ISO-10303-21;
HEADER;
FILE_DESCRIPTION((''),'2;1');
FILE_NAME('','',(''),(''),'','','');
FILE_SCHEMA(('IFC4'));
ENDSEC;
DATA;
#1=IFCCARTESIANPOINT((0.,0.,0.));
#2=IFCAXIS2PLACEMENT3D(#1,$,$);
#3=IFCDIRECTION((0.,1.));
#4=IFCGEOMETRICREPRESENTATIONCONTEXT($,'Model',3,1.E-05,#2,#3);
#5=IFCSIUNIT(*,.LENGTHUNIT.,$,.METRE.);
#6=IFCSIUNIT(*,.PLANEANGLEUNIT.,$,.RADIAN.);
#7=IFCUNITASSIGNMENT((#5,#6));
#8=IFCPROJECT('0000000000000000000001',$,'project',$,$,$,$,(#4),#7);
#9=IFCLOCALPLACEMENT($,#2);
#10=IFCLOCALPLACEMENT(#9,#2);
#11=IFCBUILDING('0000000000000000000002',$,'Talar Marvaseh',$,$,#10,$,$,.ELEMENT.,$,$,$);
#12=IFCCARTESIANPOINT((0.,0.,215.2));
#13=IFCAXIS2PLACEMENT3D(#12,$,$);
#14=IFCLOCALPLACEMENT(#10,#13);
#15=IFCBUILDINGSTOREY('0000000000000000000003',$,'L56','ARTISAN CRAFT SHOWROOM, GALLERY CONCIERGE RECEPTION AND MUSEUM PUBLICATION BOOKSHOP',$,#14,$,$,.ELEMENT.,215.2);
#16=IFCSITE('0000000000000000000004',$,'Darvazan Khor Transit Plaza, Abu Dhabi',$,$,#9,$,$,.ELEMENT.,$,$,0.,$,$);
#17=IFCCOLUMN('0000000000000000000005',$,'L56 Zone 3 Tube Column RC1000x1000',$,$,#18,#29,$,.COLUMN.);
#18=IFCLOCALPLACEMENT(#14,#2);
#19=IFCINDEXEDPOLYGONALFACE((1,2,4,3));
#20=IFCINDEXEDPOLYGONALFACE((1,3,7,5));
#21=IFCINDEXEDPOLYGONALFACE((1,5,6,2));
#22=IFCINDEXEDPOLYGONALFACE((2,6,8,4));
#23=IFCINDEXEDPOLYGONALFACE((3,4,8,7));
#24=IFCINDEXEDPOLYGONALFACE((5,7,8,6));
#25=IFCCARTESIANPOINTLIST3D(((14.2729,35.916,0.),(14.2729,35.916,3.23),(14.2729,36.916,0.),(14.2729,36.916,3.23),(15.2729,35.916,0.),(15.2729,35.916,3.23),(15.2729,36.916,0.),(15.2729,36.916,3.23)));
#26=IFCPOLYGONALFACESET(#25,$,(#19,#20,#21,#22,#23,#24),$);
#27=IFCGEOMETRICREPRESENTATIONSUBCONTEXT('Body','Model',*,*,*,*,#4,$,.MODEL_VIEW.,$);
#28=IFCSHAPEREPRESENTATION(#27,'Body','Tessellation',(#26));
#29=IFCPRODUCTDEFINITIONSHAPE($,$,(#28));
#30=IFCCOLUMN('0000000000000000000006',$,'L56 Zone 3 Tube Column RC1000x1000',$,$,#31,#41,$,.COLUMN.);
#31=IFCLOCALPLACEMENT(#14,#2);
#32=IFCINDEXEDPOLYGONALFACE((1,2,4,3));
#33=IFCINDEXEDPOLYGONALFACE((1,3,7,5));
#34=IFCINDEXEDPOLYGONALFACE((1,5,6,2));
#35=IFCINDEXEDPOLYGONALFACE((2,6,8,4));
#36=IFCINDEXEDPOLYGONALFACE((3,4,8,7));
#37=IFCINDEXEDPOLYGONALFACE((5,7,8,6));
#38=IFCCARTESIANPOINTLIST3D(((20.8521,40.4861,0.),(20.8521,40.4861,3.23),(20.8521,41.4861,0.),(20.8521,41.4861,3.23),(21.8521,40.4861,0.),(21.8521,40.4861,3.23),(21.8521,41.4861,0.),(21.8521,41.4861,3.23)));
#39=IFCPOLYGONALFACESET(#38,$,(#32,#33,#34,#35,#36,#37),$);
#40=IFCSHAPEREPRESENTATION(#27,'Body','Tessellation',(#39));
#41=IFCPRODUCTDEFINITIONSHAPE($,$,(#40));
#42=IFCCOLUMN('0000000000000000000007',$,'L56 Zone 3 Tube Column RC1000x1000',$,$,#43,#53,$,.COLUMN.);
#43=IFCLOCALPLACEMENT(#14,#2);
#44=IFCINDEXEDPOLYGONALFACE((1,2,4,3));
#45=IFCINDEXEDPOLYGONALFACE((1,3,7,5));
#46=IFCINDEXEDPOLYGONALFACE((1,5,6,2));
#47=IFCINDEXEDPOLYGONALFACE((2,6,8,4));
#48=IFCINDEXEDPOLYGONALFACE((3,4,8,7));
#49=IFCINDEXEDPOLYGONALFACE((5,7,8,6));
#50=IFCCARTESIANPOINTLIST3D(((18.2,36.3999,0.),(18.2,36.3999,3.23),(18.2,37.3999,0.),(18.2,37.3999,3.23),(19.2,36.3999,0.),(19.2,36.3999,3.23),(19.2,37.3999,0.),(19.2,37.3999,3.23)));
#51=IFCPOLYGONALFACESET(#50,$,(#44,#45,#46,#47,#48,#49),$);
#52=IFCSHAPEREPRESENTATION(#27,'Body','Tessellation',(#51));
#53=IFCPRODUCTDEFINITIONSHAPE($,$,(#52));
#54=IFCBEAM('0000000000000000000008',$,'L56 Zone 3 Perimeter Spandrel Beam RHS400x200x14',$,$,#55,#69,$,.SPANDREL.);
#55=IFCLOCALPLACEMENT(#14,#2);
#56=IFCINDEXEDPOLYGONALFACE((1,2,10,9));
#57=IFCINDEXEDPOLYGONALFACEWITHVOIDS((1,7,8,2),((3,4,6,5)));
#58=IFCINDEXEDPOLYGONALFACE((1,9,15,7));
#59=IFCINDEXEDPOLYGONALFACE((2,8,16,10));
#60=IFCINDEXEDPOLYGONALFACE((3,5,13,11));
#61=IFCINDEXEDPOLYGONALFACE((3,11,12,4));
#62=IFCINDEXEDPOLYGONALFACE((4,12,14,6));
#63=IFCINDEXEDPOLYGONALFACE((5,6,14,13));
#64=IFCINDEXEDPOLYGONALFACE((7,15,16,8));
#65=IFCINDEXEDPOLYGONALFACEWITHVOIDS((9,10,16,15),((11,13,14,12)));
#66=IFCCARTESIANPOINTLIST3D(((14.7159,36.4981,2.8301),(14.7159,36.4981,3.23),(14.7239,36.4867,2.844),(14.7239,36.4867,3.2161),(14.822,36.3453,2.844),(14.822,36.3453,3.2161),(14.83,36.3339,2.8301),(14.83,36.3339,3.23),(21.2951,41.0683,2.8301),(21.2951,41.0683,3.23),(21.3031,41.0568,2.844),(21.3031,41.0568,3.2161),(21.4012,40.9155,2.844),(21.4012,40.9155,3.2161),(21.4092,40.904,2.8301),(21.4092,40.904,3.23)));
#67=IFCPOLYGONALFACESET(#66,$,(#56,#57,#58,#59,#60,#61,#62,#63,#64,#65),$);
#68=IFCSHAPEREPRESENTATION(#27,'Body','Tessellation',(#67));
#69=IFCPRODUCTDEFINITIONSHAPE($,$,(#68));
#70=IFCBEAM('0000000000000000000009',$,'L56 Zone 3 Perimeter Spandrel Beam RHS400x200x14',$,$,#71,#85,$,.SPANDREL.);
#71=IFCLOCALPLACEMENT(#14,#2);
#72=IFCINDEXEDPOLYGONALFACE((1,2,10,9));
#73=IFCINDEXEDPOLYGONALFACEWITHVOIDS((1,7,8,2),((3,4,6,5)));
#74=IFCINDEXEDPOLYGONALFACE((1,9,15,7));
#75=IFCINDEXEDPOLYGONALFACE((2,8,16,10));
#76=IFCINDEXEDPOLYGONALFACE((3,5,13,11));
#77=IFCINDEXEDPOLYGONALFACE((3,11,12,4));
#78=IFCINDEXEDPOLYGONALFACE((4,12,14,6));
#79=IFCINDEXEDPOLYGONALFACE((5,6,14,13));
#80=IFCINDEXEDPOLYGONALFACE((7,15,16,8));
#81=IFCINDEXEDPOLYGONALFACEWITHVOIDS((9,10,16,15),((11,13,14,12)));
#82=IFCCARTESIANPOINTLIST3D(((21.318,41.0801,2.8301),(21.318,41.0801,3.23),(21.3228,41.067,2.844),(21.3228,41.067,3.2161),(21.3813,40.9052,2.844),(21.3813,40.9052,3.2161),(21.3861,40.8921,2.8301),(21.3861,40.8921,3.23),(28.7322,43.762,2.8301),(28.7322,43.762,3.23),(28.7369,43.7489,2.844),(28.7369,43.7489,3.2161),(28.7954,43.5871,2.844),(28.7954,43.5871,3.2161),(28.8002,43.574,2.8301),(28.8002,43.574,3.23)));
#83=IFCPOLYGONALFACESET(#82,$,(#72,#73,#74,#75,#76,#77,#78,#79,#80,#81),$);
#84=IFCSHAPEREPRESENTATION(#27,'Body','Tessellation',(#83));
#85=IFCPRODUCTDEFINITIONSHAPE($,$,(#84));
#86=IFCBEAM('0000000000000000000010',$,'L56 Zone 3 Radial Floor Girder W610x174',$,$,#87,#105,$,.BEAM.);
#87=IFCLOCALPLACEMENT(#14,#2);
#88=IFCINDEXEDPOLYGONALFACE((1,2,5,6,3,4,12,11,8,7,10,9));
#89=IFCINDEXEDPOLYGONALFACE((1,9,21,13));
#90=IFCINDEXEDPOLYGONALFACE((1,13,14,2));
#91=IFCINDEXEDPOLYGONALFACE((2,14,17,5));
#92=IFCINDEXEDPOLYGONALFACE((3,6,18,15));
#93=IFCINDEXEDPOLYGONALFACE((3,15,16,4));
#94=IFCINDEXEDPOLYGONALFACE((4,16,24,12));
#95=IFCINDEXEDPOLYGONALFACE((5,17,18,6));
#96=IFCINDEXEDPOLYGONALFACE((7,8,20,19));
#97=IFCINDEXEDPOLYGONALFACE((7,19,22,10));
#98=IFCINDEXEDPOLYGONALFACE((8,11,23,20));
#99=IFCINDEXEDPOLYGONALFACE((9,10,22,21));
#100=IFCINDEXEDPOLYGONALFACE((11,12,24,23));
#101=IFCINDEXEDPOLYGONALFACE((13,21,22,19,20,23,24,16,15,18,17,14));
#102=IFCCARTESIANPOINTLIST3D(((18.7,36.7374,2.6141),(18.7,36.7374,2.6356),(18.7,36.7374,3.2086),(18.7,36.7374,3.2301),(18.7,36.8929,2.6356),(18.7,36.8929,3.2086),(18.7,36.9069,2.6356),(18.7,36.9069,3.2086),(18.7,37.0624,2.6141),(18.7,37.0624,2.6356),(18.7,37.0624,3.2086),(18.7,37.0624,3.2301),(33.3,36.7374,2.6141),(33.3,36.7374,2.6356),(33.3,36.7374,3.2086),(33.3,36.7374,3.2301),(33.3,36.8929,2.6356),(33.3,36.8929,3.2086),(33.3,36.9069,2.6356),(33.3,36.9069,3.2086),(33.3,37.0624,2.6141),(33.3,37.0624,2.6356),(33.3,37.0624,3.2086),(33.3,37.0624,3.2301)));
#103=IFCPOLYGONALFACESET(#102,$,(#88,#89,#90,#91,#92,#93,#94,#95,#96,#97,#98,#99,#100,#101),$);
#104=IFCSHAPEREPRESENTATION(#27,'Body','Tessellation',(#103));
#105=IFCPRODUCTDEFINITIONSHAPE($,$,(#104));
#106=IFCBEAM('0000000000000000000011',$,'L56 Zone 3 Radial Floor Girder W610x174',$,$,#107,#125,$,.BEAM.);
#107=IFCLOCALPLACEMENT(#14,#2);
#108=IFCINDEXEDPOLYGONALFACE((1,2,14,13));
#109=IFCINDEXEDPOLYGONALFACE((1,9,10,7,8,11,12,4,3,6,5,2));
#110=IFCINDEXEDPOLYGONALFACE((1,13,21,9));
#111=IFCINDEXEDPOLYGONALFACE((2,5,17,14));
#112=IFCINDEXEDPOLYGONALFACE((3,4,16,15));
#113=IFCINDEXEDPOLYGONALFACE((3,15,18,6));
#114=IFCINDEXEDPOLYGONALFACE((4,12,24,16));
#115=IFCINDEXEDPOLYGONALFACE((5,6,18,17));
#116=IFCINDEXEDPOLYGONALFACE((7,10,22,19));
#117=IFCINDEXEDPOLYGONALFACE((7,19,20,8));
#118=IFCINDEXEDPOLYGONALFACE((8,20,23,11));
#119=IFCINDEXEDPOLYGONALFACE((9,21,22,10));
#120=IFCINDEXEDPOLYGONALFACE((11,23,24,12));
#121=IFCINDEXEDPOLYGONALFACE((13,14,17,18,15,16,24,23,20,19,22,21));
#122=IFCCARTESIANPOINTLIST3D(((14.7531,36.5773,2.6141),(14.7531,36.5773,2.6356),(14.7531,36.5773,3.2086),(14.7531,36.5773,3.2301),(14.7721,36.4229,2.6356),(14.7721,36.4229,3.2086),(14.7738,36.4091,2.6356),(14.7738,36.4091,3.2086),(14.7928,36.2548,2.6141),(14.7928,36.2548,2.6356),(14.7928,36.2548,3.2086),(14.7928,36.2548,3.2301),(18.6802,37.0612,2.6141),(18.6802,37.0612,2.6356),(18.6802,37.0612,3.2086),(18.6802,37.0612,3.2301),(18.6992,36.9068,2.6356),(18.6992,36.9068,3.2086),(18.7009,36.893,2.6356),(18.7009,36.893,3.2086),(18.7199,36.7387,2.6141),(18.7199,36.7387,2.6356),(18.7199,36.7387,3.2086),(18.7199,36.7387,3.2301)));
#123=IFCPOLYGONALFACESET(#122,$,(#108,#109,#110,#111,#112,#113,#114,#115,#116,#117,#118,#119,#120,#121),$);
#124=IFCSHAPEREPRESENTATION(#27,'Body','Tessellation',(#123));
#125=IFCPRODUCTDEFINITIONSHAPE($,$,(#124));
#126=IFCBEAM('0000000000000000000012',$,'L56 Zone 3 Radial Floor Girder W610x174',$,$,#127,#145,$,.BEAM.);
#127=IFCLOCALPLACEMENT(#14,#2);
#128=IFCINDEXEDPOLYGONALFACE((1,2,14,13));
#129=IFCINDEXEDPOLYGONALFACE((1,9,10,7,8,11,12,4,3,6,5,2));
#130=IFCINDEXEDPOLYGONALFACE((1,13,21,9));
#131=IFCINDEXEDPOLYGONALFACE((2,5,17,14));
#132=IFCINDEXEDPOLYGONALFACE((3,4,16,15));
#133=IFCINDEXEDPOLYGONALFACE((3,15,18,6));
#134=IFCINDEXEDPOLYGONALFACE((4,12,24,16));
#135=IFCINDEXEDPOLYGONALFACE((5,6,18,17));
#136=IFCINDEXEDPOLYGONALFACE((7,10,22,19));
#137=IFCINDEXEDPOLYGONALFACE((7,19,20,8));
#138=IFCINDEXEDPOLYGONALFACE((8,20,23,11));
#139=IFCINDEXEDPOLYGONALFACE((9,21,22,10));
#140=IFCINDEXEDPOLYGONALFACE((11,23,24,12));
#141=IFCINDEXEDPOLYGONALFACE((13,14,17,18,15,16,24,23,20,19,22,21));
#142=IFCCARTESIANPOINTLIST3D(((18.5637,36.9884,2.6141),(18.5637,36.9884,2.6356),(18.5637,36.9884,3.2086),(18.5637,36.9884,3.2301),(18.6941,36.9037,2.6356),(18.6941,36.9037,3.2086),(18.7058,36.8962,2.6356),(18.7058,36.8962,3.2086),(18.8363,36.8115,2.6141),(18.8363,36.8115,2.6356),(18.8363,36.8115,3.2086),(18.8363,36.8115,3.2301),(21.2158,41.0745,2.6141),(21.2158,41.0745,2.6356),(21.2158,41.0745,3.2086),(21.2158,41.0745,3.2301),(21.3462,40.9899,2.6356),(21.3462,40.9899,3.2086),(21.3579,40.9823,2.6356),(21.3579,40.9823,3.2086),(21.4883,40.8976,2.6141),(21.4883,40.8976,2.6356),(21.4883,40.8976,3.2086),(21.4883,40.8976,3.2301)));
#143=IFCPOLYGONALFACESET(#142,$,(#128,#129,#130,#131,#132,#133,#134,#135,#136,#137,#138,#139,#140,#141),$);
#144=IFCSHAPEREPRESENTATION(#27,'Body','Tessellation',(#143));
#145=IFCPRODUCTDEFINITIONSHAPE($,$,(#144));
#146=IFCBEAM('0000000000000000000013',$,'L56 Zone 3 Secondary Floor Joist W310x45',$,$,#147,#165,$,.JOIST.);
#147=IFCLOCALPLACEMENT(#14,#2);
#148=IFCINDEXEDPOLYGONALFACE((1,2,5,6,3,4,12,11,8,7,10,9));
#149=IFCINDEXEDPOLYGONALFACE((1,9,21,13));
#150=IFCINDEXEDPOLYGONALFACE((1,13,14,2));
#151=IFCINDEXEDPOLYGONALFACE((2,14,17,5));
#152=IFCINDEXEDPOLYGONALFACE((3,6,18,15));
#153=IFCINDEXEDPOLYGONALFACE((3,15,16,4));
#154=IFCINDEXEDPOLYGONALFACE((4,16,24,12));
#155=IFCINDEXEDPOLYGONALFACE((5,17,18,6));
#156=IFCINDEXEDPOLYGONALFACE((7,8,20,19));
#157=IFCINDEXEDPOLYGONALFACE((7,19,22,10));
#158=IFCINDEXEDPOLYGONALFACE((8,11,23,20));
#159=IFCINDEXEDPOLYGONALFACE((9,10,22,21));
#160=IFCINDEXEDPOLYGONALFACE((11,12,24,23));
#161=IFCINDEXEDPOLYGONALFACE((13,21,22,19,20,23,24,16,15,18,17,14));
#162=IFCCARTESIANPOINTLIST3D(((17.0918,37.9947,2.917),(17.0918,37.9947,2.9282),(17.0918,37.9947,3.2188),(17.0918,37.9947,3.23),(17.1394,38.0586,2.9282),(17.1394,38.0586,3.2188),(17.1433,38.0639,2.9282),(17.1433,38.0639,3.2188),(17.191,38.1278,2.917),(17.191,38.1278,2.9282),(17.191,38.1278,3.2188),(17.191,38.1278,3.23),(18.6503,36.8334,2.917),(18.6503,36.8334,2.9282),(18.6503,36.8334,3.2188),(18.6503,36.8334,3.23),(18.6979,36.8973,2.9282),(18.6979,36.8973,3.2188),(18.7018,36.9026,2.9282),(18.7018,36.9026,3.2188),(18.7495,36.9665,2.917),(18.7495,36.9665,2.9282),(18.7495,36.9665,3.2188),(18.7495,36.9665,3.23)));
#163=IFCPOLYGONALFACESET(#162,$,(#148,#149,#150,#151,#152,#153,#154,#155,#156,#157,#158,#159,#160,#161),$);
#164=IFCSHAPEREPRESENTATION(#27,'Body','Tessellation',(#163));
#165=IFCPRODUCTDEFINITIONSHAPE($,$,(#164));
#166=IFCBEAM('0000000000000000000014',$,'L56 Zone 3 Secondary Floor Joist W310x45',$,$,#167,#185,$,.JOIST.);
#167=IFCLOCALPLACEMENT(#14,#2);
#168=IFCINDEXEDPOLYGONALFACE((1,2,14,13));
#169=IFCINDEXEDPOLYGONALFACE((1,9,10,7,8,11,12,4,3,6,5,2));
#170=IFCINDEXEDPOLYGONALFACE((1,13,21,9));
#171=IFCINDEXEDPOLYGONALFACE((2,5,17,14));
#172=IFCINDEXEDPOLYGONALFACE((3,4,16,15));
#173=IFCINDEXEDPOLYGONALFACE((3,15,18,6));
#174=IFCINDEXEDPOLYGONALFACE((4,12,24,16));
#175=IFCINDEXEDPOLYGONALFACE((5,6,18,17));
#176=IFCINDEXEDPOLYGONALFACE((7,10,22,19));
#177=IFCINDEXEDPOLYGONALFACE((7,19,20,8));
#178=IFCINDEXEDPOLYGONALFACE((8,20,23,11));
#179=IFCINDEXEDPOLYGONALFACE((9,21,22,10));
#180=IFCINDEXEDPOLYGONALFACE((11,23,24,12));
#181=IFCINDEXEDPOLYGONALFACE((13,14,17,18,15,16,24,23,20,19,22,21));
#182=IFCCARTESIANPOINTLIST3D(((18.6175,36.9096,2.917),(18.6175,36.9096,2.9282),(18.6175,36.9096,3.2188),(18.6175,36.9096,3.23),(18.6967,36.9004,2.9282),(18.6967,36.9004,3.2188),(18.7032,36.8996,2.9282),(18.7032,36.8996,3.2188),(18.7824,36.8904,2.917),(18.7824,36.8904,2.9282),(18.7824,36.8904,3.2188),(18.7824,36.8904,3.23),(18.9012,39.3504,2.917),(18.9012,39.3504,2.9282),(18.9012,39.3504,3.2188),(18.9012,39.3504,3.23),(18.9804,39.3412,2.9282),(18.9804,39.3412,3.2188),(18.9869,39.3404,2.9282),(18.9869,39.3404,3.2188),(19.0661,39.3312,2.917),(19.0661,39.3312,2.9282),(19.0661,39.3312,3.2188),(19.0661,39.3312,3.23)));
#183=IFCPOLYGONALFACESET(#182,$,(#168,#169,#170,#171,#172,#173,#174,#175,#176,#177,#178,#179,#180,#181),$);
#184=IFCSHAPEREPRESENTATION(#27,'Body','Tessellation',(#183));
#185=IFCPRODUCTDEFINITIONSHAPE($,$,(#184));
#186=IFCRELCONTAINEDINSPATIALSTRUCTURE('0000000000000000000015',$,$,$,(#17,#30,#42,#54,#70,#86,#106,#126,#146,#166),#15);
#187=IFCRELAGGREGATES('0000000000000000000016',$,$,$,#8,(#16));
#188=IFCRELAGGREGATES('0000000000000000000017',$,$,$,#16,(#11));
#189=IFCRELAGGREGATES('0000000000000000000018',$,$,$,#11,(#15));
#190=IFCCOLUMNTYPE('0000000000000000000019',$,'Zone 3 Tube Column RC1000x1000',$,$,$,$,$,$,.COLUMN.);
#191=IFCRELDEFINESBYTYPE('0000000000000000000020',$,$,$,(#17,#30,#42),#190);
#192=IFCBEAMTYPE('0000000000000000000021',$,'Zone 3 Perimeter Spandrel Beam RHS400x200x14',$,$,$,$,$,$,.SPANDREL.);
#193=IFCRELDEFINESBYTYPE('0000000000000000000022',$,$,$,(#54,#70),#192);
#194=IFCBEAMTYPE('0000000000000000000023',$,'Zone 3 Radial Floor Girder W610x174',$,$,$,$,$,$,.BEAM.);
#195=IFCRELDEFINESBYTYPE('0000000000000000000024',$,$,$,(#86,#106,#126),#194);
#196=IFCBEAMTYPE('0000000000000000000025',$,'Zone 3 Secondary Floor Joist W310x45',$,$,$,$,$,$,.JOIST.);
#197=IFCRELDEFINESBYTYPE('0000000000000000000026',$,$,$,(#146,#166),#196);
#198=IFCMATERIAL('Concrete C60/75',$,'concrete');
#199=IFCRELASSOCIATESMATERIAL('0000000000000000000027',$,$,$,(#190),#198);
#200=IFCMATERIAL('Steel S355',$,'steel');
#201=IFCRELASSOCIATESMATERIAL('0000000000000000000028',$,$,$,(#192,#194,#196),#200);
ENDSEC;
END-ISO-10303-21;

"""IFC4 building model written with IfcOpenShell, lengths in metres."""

from ifc_helpers import new_model, si_unit, direction, frame, origin, origin_2d, place, context, subcontext, project, spatial, rectangle, hollow_rectangle, i_section, extrude, material, material_profile, profile_set, type_object, element, save


model = new_model("IFC4")

# Units and contexts
model_context = context("Model", 3, precision=1e-05, world=origin(), true_north=direction((0.0, 1.0)))
body_context = subcontext(model_context, "Body", "Model", "MODEL_VIEW")
ifc_project = project(units=[si_unit("LENGTHUNIT", "METRE"), si_unit("PLANEANGLEUNIT", "RADIAN")], contexts=[model_context])

# Site, building, storey
site_placement = place(None, origin())
site = spatial("IfcSite", under=ifc_project, at=site_placement, Name="Darvazan Khor Transit Plaza, Abu Dhabi", CompositionType="ELEMENT", RefElevation=0.0)
building_placement = place(site_placement, origin())
building = spatial("IfcBuilding", under=site, at=building_placement, Name="Talar Marvaseh", CompositionType="ELEMENT")
storey_placement = place(building_placement, frame((0.0, 0.0, 215.2)))
storey = spatial("IfcBuildingStorey", under=building, at=storey_placement, Name="L56", Description="ARTISAN CRAFT SHOWROOM, GALLERY CONCIERGE RECEPTION AND MUSEUM PUBLICATION BOOKSHOP", CompositionType="ELEMENT", Elevation=215.2)

# Columns
ifc_material_1 = material(Name="Concrete C60/75", Category="concrete")
ifc_material_profile_1 = material_profile(ifc_material_1, rectangle(XDim=1.0, YDim=1.0, at=origin_2d()), Name="RC1000x1000")
ifc_profile_set_1 = profile_set([ifc_material_profile_1], Name="Concrete C60/75")
column_type = type_object("IfcColumnType", Name="Zone 3 Tube Column RC1000x1000", PredefinedType="COLUMN", material=ifc_profile_set_1)
for number, where, z_axis, x_axis, name in (
    (1, (14.7729, 36.416, 0.0), (0.0, 0.0, 1.0), (1.0, 0.0, 0.0), "L56 Zone 3 Tube Column RC1000x1000"),
    (2, (21.3521, 40.9861, 0.0), (0.0, 0.0, 1.0), (1.0, 0.0, 0.0), "L56 Zone 3 Tube Column RC1000x1000"),
    (3, (18.7, 36.8999, 0.0), (0.0, 0.0, 1.0), (1.0, 0.0, 0.0), "L56 Zone 3 Tube Column RC1000x1000"),
):
    element("IfcColumn", number, at=place(storey_placement, frame(where, z_axis=z_axis, x_axis=x_axis)), inside=storey, type_object=column_type, Name=name, PredefinedType="COLUMN", context=body_context, shape_type="SweptSolid", body=[
        extrude(rectangle(XDim=1.0, YDim=1.0, at=origin_2d()), origin(), (0.0, 0.0, 1.0), 3.23),
    ])

# Beams
ifc_material_2 = material(Name="Steel S355", Category="steel")
ifc_material_profile_2 = material_profile(ifc_material_2, hollow_rectangle(XDim=0.2, YDim=0.3999, WallThickness=0.0139, at=origin_2d()), Name="RHS400x200x14")
ifc_profile_set_2 = profile_set([ifc_material_profile_2], Name="Steel S355")
beam_type_1 = type_object("IfcBeamType", Name="Zone 3 Perimeter Spandrel Beam RHS400x200x14", PredefinedType="SPANDREL", material=ifc_profile_set_2)
beam_1_placement = place(storey_placement, frame((14.7729, 36.416, 3.03), z_axis=(0.821297, 0.570501, 0.0), x_axis=(-0.570501, 0.821297, 0.0)))
element("IfcBeam", 4, at=beam_1_placement, inside=storey, type_object=beam_type_1, Name="L56 Zone 3 Perimeter Spandrel Beam RHS400x200x14", PredefinedType="SPANDREL", context=body_context, shape_type="SweptSolid", body=[
    extrude(hollow_rectangle(XDim=0.2, YDim=0.3999, WallThickness=0.0139, at=origin_2d()), origin(), (0.0, 0.0, 1.0), 8.0107),
])
beam_2_placement = place(storey_placement, frame((21.3521, 40.9861, 3.03), z_axis=(0.940368, 0.340159, 0.0), x_axis=(-0.340159, 0.940368, 0.0)))
element("IfcBeam", 5, at=beam_2_placement, inside=storey, type_object=beam_type_1, Name="L56 Zone 3 Perimeter Spandrel Beam RHS400x200x14", PredefinedType="SPANDREL", context=body_context, shape_type="SweptSolid", body=[
    extrude(hollow_rectangle(XDim=0.2, YDim=0.3999, WallThickness=0.0139, at=origin_2d()), origin(), (0.0, 0.0, 1.0), 7.8843),
])
ifc_material_profile_3 = material_profile(ifc_material_2, i_section(OverallWidth=0.325, OverallDepth=0.616, WebThickness=0.0139, FlangeThickness=0.0215, at=origin_2d()), Name="W610x174")
ifc_profile_set_3 = profile_set([ifc_material_profile_3], Name="Steel S355")
beam_type_2 = type_object("IfcBeamType", Name="Zone 3 Radial Floor Girder W610x174", PredefinedType="BEAM", material=ifc_profile_set_3)
beam_3_placement = place(storey_placement, frame((18.7, 36.8999, 2.9221), z_axis=(1.0, 0.0, 0.0), x_axis=(0.0, 1.0, 0.0)))
element("IfcBeam", 6, at=beam_3_placement, inside=storey, type_object=beam_type_2, Name="L56 Zone 3 Radial Floor Girder W610x174", PredefinedType="BEAM", context=body_context, shape_type="SweptSolid", body=[
    extrude(i_section(OverallWidth=0.325, OverallDepth=0.616, WebThickness=0.0139, FlangeThickness=0.0215, at=origin_2d()), origin(), (0.0, 0.0, 1.0), 14.6001),
])
beam_4_placement = place(storey_placement, frame((14.7729, 36.416, 2.9221), z_axis=(0.992494, 0.122295, 0.0), x_axis=(-0.122295, 0.992494, 0.0)))
element("IfcBeam", 7, at=beam_4_placement, inside=storey, type_object=beam_type_2, Name="L56 Zone 3 Radial Floor Girder W610x174", PredefinedType="BEAM", context=body_context, shape_type="SweptSolid", body=[
    extrude(i_section(OverallWidth=0.325, OverallDepth=0.616, WebThickness=0.0139, FlangeThickness=0.0215, at=origin_2d()), origin(), (0.0, 0.0, 1.0), 3.9568),
])
beam_5_placement = place(storey_placement, frame((21.3521, 40.9861, 2.9221), z_axis=(-0.544423, -0.838811, 0.0), x_axis=(0.838811, -0.544423, 0.0)))
element("IfcBeam", 8, at=beam_5_placement, inside=storey, type_object=beam_type_2, Name="L56 Zone 3 Radial Floor Girder W610x174", PredefinedType="BEAM", context=body_context, shape_type="SweptSolid", body=[
    extrude(i_section(OverallWidth=0.325, OverallDepth=0.616, WebThickness=0.0139, FlangeThickness=0.0215, at=origin_2d()), origin(), (0.0, 0.0, 1.0), 4.8713),
])
ifc_material_profile_4 = material_profile(ifc_material_2, i_section(OverallWidth=0.166, OverallDepth=0.313, WebThickness=0.0066, FlangeThickness=0.0112, at=origin_2d()), Name="W310x45")
ifc_profile_set_4 = profile_set([ifc_material_profile_4], Name="Steel S355")
beam_type_3 = type_object("IfcBeamType", Name="Zone 3 Secondary Floor Joist W310x45", PredefinedType="JOIST", material=ifc_profile_set_4)
beam_6_placement = place(storey_placement, frame((17.1414, 38.0613, 3.0735), z_axis=(0.801865, -0.597505, 0.0), x_axis=(0.597505, 0.801865, 0.0)))
element("IfcBeam", 9, at=beam_6_placement, inside=storey, type_object=beam_type_3, Name="L56 Zone 3 Secondary Floor Joist W310x45", PredefinedType="JOIST", context=body_context, shape_type="SweptSolid", body=[
    extrude(i_section(OverallWidth=0.166, OverallDepth=0.313, WebThickness=0.0066, FlangeThickness=0.0112, at=origin_2d()), origin(), (0.0, 0.0, 1.0), 1.9436),
])
beam_7_placement = place(storey_placement, frame((18.9836, 39.3408, 3.0735), z_axis=(-0.115446, -0.993314, 0.0), x_axis=(0.993314, -0.115446, 0.0)))
element("IfcBeam", 10, at=beam_7_placement, inside=storey, type_object=beam_type_3, Name="L56 Zone 3 Secondary Floor Joist W310x45", PredefinedType="JOIST", context=body_context, shape_type="SweptSolid", body=[
    extrude(i_section(OverallWidth=0.166, OverallDepth=0.313, WebThickness=0.0066, FlangeThickness=0.0112, at=origin_2d()), origin(), (0.0, 0.0, 1.0), 2.4573),
])

save(model, "model.ifc")
